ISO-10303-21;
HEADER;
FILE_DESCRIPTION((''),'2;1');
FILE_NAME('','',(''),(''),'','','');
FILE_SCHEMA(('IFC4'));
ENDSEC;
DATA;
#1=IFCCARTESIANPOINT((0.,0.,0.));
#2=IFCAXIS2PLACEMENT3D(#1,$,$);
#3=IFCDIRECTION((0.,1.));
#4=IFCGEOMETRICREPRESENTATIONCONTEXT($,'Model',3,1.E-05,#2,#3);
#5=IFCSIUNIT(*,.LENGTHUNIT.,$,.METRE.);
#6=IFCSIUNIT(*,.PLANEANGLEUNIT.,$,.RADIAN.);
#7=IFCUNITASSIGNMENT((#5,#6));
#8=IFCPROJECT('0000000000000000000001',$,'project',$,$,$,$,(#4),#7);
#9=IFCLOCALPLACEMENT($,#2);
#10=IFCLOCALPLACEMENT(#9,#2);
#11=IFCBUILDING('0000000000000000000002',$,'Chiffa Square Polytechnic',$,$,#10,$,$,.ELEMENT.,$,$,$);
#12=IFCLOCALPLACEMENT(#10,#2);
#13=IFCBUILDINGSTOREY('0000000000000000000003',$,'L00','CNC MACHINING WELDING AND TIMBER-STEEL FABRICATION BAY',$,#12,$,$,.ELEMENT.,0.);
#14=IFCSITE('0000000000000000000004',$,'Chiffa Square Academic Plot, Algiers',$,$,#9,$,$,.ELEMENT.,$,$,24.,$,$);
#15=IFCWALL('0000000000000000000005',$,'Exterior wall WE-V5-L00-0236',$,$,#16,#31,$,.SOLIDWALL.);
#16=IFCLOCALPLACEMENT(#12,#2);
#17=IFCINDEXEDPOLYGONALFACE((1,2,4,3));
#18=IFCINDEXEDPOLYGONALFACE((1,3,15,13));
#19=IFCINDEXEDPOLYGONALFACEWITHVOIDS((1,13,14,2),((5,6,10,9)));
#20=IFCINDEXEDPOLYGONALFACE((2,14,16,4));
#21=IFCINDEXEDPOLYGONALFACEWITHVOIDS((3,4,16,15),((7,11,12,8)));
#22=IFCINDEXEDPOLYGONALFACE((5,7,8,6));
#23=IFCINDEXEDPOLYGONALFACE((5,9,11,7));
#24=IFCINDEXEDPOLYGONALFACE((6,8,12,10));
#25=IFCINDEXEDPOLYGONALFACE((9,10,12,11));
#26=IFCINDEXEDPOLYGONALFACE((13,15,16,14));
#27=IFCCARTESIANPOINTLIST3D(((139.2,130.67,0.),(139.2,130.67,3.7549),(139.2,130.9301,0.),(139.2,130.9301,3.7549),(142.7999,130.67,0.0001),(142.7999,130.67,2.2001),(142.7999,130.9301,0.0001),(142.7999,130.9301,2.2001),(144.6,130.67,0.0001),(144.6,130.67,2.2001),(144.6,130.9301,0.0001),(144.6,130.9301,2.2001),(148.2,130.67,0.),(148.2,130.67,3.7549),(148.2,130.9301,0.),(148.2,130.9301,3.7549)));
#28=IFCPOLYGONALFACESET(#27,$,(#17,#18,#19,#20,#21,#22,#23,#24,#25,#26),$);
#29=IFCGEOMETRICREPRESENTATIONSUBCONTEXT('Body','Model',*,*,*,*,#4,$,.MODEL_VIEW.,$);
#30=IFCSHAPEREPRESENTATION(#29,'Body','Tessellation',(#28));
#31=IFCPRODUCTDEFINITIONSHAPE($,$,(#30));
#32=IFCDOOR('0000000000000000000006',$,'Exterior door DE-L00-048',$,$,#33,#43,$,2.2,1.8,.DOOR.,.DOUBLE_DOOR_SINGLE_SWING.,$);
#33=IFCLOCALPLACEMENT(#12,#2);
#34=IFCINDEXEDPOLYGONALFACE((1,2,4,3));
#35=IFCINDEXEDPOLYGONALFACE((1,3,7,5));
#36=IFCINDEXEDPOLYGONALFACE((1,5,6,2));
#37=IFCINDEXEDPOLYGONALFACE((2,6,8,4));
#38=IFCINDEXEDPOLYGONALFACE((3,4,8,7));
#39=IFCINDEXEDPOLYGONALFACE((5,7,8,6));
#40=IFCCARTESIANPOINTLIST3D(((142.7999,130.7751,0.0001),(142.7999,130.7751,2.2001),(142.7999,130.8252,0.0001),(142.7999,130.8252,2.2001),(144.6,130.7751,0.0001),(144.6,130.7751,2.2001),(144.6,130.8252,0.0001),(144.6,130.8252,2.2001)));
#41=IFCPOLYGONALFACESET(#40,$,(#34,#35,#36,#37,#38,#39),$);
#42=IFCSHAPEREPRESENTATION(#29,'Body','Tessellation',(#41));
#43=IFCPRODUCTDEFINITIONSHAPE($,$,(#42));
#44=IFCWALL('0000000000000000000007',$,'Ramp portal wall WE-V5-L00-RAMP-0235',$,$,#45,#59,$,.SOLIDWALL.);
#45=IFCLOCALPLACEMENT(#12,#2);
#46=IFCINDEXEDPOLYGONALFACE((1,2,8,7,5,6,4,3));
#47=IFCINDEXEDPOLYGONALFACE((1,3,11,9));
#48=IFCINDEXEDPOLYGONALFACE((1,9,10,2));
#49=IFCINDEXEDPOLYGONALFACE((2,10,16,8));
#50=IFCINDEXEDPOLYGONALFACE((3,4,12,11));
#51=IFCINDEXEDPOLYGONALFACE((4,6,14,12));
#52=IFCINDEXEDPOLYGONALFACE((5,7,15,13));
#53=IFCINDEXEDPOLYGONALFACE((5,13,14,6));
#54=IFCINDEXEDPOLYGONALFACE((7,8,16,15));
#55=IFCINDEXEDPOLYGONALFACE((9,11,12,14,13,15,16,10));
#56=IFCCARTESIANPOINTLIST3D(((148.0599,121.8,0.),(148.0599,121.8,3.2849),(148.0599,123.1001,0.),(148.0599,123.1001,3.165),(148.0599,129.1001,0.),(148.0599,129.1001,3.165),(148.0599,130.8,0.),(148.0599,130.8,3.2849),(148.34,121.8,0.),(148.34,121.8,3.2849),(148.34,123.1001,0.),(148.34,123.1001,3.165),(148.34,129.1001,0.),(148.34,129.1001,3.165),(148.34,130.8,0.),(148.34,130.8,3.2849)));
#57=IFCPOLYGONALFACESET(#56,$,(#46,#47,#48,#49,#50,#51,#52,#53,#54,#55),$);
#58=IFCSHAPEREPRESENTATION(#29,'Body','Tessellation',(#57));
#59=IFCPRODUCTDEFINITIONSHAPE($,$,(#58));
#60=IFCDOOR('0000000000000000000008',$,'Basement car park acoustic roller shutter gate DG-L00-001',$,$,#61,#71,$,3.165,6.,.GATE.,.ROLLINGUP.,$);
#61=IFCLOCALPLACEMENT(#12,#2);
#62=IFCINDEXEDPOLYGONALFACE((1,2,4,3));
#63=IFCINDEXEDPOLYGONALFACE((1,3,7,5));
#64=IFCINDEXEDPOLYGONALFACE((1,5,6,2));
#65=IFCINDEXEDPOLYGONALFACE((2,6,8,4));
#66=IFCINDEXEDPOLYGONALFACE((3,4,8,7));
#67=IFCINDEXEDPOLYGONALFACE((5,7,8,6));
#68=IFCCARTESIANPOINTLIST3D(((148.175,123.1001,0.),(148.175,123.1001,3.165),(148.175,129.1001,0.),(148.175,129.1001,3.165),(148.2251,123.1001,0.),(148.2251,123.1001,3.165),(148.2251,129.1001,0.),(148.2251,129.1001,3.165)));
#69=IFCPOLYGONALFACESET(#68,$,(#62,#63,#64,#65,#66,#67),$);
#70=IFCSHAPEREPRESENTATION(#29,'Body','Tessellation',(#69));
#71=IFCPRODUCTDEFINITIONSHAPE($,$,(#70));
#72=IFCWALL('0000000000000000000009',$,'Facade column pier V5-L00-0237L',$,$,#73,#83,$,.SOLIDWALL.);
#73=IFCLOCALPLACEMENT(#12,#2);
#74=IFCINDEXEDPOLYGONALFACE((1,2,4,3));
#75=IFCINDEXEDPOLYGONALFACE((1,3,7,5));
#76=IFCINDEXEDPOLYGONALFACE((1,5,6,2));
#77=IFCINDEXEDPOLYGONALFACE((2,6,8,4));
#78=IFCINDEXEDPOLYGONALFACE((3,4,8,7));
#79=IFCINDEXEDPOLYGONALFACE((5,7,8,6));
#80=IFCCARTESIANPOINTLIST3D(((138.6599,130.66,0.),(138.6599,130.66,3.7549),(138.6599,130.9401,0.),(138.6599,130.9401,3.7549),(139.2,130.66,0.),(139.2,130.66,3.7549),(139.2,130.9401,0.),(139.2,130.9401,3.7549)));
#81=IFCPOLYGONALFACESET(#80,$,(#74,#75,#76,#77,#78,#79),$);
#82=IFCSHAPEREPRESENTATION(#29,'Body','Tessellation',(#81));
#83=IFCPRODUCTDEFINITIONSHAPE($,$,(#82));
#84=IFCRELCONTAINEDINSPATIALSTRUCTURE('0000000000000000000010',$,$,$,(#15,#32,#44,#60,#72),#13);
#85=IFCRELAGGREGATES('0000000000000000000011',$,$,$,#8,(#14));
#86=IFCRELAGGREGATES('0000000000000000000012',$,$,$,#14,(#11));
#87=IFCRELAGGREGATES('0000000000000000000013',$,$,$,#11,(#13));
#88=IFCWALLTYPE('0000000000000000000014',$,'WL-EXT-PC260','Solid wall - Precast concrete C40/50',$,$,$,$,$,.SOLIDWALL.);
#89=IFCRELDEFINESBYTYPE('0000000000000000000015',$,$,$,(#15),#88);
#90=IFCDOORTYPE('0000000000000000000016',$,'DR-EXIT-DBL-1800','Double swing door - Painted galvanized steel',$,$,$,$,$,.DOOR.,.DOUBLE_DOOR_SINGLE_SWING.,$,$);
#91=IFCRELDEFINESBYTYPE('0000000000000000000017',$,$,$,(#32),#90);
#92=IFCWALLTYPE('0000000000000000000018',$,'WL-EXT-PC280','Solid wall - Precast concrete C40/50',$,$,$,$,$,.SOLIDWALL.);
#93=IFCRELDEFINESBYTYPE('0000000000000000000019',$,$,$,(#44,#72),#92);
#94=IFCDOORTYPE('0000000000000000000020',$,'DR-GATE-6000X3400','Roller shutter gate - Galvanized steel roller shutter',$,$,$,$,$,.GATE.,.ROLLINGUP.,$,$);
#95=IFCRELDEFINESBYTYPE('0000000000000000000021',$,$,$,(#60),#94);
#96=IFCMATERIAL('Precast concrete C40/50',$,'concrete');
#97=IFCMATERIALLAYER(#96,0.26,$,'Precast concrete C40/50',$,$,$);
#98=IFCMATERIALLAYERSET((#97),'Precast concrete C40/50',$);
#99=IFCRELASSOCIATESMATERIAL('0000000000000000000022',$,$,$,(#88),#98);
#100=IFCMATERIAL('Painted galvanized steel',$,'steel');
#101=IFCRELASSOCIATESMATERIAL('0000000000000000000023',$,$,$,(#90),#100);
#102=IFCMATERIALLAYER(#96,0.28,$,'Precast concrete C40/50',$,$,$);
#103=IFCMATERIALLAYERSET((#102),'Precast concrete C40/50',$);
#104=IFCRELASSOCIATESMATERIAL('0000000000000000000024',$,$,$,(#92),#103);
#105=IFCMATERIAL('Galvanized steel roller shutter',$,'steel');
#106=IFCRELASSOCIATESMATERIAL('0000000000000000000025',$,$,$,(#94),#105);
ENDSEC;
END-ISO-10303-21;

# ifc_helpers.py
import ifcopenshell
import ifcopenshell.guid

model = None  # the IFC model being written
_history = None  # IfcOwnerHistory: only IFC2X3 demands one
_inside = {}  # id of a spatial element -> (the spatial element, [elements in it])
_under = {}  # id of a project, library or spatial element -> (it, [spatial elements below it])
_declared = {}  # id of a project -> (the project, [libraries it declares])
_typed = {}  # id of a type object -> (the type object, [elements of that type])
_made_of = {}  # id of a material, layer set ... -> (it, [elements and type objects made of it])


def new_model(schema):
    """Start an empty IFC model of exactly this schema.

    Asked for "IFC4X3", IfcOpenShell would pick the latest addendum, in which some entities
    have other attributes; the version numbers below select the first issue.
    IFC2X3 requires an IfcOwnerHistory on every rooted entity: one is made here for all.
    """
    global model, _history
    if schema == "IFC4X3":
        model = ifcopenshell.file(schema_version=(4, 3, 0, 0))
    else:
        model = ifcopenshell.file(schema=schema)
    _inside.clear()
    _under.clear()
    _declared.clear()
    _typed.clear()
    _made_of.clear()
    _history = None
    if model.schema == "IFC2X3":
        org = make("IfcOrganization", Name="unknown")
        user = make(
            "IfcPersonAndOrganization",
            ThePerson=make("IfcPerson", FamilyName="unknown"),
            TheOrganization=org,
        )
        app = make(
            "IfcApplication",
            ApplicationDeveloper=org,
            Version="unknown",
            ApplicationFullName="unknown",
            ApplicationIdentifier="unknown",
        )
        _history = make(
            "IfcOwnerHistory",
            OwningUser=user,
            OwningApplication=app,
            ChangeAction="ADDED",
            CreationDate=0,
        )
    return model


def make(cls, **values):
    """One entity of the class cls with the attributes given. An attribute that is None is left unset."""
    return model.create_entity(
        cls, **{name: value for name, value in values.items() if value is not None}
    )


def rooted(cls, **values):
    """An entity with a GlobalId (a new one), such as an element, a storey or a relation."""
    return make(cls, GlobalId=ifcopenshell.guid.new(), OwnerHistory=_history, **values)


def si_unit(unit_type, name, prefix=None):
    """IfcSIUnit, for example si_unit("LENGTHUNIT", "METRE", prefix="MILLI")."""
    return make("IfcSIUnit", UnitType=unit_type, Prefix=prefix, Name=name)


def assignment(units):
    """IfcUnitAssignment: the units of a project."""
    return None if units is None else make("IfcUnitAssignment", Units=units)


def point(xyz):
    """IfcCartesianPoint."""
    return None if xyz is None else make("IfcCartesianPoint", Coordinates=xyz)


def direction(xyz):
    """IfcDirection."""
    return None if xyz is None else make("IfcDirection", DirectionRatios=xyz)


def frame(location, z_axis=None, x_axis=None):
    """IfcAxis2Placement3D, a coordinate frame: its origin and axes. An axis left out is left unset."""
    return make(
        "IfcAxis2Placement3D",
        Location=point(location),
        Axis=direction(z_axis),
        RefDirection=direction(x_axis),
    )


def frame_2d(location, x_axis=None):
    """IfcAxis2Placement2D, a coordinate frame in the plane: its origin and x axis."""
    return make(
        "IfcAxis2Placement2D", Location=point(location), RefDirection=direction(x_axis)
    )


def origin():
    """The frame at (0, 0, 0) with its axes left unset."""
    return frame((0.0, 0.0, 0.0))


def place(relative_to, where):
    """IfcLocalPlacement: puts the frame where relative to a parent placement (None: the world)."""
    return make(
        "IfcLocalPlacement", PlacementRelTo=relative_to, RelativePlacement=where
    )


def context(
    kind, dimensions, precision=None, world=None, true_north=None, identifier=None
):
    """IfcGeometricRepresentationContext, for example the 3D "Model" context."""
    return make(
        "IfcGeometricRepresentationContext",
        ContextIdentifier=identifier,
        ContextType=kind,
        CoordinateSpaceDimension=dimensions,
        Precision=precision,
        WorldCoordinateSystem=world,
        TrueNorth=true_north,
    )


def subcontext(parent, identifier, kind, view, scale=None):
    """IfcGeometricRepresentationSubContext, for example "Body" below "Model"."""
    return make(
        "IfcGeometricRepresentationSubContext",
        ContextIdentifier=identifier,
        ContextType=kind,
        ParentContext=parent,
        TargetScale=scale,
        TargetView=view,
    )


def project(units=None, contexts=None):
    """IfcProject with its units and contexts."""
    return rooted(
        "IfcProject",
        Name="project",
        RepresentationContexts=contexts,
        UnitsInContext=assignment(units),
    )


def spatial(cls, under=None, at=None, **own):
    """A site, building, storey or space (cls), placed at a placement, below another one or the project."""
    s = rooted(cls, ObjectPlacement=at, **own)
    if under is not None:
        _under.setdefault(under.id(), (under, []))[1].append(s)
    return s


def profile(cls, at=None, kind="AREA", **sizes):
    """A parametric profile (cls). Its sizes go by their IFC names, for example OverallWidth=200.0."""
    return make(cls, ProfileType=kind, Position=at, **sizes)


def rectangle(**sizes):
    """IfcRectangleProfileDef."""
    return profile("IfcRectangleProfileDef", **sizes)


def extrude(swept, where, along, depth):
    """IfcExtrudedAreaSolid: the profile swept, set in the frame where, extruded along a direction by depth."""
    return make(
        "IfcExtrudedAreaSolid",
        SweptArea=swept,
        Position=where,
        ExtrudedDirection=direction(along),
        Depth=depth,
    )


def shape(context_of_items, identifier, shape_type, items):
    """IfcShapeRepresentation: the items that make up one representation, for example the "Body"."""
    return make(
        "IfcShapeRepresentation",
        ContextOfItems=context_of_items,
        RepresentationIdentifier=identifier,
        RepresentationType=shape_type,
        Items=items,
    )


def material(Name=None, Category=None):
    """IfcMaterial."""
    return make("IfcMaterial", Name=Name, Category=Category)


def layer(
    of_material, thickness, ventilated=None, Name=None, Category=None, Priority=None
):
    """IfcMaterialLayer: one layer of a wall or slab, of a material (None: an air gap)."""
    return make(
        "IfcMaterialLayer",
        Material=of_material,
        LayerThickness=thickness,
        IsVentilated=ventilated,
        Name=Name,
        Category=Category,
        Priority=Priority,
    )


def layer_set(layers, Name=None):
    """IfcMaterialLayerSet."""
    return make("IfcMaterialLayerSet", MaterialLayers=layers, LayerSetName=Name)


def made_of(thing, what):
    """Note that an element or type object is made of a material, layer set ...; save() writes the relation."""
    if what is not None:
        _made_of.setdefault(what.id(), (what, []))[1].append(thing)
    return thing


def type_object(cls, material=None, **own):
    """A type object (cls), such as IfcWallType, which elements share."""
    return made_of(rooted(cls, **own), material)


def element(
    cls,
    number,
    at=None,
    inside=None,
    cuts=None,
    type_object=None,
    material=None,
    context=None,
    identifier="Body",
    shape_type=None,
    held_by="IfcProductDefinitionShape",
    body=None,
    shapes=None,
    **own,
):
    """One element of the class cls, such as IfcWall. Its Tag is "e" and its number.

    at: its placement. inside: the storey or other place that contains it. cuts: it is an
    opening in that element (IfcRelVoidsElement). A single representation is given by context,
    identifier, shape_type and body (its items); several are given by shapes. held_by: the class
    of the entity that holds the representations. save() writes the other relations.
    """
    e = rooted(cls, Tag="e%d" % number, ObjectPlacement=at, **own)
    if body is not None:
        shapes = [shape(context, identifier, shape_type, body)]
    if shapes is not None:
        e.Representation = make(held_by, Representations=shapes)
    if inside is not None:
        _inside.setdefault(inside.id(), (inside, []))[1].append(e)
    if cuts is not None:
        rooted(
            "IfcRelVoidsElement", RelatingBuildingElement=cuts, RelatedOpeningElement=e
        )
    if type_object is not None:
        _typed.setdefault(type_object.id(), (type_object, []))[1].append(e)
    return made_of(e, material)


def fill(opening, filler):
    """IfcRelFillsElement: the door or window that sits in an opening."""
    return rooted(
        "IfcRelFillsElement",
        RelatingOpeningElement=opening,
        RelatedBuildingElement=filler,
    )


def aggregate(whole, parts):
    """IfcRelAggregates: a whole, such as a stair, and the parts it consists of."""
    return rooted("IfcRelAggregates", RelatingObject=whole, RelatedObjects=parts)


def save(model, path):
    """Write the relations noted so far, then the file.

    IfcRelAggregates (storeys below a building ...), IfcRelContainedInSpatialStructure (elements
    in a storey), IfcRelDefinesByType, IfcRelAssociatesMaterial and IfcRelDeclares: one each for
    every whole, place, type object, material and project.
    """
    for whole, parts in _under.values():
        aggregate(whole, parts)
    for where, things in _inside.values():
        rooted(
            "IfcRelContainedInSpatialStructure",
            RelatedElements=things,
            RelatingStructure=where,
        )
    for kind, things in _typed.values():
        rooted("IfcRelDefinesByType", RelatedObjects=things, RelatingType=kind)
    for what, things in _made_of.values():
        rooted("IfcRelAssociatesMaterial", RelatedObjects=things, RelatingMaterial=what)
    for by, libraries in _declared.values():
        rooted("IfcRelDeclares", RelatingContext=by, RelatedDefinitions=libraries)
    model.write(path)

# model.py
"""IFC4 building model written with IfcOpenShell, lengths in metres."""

from ifc_helpers import new_model, si_unit, direction, frame, frame_2d, origin, place, context, subcontext, project, spatial, rectangle, extrude, material, layer, layer_set, type_object, element, fill, save


model = new_model("IFC4")

# Units and contexts
model_context = context("Model", 3, precision=1e-05, world=origin(), true_north=direction((0.0, 1.0)))
body_context = subcontext(model_context, "Body", "Model", "MODEL_VIEW")
ifc_project = project(units=[si_unit("LENGTHUNIT", "METRE"), si_unit("PLANEANGLEUNIT", "RADIAN")], contexts=[model_context])

# Site, building, storey
site_placement = place(None, origin())
site = spatial("IfcSite", under=ifc_project, at=site_placement, Name="Chiffa Square Academic Plot, Algiers", CompositionType="ELEMENT", RefElevation=24.0)
building_placement = place(site_placement, origin())
building = spatial("IfcBuilding", under=site, at=building_placement, Name="Chiffa Square Polytechnic", CompositionType="ELEMENT")
storey_placement = place(building_placement, origin())
storey = spatial("IfcBuildingStorey", under=building, at=storey_placement, Name="L00", Description="CNC MACHINING WELDING AND TIMBER-STEEL FABRICATION BAY", CompositionType="ELEMENT", Elevation=0.0)

# Walls, openings, doors
ifc_material_1 = material(Name="Precast concrete C40/50", Category="concrete")
ifc_layer_1 = layer(ifc_material_1, 0.26, Name="Precast concrete C40/50")
ifc_layer_set_1 = layer_set([ifc_layer_1], Name="Precast concrete C40/50")
wall_type_1 = type_object("IfcWallType", Name="WL-EXT-PC260", Description="Solid wall - Precast concrete C40/50", PredefinedType="SOLIDWALL", material=ifc_layer_set_1)
wall_1_placement = place(storey_placement, frame((148.2, 130.8, 0.0), z_axis=(0.0, 0.0, 1.0), x_axis=(-1.0, 0.0, 0.0)))
wall_1 = element("IfcWall", 1, at=wall_1_placement, inside=storey, type_object=wall_type_1, Name="Exterior wall WE-V5-L00-0236", PredefinedType="SOLIDWALL", context=body_context, shape_type="SweptSolid", body=[
    extrude(rectangle(XDim=9.0, YDim=0.26, at=frame_2d((4.5, 0.0))), origin(), (0.0, 0.0, 1.0), 3.7549),
])
opening_1_placement = place(wall_1_placement, frame((3.6001, 0.0, 0.0)))
opening_1 = element("IfcOpeningElement", 2, at=opening_1_placement, cuts=wall_1, PredefinedType="OPENING", context=body_context, shape_type="SweptSolid", body=[
    extrude(rectangle(XDim=1.8, YDim=2.2, at=frame_2d((0.8999, 1.1001))), frame((0.0, 0.1401, 0.0), z_axis=(0.0, -1.0, 0.0), x_axis=(1.0, 0.0, 0.0)), (0.0, 0.0, 1.0), 0.28),
])
ifc_material_2 = material(Name="Painted galvanized steel", Category="steel")
door_type_1 = type_object("IfcDoorType", Name="DR-EXIT-DBL-1800", Description="Double swing door - Painted galvanized steel", OperationType="DOUBLE_DOOR_SINGLE_SWING", PredefinedType="DOOR", material=ifc_material_2)
door_1_placement = place(opening_1_placement, origin())
door_1 = element("IfcDoor", 3, at=door_1_placement, inside=storey, type_object=door_type_1, Name="Exterior door DE-L00-048", OperationType="DOUBLE_DOOR_SINGLE_SWING", OverallHeight=2.2, OverallWidth=1.8, PredefinedType="DOOR", context=body_context, shape_type="SweptSolid", body=[
    extrude(rectangle(XDim=1.8, YDim=2.2, at=frame_2d((0.8999, 1.1001))), frame((0.0, 0.0249, 0.0), z_axis=(0.0, -1.0, 0.0), x_axis=(1.0, 0.0, 0.0)), (0.0, 0.0, 1.0), 0.05),
])
fill(opening_1, door_1)
ifc_layer_2 = layer(ifc_material_1, 0.28, Name="Precast concrete C40/50")
ifc_layer_set_2 = layer_set([ifc_layer_2], Name="Precast concrete C40/50")
wall_type_2 = type_object("IfcWallType", Name="WL-EXT-PC280", Description="Solid wall - Precast concrete C40/50", PredefinedType="SOLIDWALL", material=ifc_layer_set_2)
wall_2_placement = place(storey_placement, frame((148.2, 121.8, 0.0), z_axis=(0.0, 0.0, 1.0), x_axis=(0.0, 1.0, 0.0)))
wall_2 = element("IfcWall", 4, at=wall_2_placement, inside=storey, type_object=wall_type_2, Name="Ramp portal wall WE-V5-L00-RAMP-0235", PredefinedType="SOLIDWALL", context=body_context, shape_type="SweptSolid", body=[
    extrude(rectangle(XDim=9.0, YDim=0.28, at=frame_2d((4.5, 0.0))), origin(), (0.0, 0.0, 1.0), 3.2849),
])
opening_2_placement = place(wall_2_placement, frame((1.3, 0.0, 0.0)))
opening_2 = element("IfcOpeningElement", 5, at=opening_2_placement, cuts=wall_2, PredefinedType="OPENING", context=body_context, shape_type="SweptSolid", body=[
    extrude(rectangle(XDim=6.0, YDim=3.165, at=frame_2d((3.0, 1.5825))), frame((0.0, 0.1499, 0.0), z_axis=(0.0, -1.0, 0.0), x_axis=(1.0, 0.0, 0.0)), (0.0, 0.0, 1.0), 0.3),
])
ifc_material_3 = material(Name="Galvanized steel roller shutter", Category="steel")
door_type_2 = type_object("IfcDoorType", Name="DR-GATE-6000X3400", Description="Roller shutter gate - Galvanized steel roller shutter", OperationType="ROLLINGUP", PredefinedType="GATE", material=ifc_material_3)
door_2_placement = place(opening_2_placement, origin())
door_2 = element("IfcDoor", 6, at=door_2_placement, inside=storey, type_object=door_type_2, Name="Basement car park acoustic roller shutter gate DG-L00-001", OperationType="ROLLINGUP", OverallHeight=3.165, OverallWidth=6.0, PredefinedType="GATE", context=body_context, shape_type="SweptSolid", body=[
    extrude(rectangle(XDim=6.0, YDim=3.165, at=frame_2d((3.0, 1.5825))), frame((0.0, 0.0249, 0.0), z_axis=(0.0, -1.0, 0.0), x_axis=(1.0, 0.0, 0.0)), (0.0, 0.0, 1.0), 0.05),
])
fill(opening_2, door_2)

# Wall
wall_3_placement = place(storey_placement, frame((139.2, 130.8, 0.0), z_axis=(0.0, 0.0, 1.0), x_axis=(-1.0, 0.0, 0.0)))
element("IfcWall", 7, at=wall_3_placement, inside=storey, type_object=wall_type_2, Name="Facade column pier V5-L00-0237L", PredefinedType="SOLIDWALL", context=body_context, shape_type="SweptSolid", body=[
    extrude(rectangle(XDim=0.54, YDim=0.28, at=frame_2d((0.27, 0.0))), origin(), (0.0, 0.0, 1.0), 3.7549),
])

save(model, "model.ifc")
